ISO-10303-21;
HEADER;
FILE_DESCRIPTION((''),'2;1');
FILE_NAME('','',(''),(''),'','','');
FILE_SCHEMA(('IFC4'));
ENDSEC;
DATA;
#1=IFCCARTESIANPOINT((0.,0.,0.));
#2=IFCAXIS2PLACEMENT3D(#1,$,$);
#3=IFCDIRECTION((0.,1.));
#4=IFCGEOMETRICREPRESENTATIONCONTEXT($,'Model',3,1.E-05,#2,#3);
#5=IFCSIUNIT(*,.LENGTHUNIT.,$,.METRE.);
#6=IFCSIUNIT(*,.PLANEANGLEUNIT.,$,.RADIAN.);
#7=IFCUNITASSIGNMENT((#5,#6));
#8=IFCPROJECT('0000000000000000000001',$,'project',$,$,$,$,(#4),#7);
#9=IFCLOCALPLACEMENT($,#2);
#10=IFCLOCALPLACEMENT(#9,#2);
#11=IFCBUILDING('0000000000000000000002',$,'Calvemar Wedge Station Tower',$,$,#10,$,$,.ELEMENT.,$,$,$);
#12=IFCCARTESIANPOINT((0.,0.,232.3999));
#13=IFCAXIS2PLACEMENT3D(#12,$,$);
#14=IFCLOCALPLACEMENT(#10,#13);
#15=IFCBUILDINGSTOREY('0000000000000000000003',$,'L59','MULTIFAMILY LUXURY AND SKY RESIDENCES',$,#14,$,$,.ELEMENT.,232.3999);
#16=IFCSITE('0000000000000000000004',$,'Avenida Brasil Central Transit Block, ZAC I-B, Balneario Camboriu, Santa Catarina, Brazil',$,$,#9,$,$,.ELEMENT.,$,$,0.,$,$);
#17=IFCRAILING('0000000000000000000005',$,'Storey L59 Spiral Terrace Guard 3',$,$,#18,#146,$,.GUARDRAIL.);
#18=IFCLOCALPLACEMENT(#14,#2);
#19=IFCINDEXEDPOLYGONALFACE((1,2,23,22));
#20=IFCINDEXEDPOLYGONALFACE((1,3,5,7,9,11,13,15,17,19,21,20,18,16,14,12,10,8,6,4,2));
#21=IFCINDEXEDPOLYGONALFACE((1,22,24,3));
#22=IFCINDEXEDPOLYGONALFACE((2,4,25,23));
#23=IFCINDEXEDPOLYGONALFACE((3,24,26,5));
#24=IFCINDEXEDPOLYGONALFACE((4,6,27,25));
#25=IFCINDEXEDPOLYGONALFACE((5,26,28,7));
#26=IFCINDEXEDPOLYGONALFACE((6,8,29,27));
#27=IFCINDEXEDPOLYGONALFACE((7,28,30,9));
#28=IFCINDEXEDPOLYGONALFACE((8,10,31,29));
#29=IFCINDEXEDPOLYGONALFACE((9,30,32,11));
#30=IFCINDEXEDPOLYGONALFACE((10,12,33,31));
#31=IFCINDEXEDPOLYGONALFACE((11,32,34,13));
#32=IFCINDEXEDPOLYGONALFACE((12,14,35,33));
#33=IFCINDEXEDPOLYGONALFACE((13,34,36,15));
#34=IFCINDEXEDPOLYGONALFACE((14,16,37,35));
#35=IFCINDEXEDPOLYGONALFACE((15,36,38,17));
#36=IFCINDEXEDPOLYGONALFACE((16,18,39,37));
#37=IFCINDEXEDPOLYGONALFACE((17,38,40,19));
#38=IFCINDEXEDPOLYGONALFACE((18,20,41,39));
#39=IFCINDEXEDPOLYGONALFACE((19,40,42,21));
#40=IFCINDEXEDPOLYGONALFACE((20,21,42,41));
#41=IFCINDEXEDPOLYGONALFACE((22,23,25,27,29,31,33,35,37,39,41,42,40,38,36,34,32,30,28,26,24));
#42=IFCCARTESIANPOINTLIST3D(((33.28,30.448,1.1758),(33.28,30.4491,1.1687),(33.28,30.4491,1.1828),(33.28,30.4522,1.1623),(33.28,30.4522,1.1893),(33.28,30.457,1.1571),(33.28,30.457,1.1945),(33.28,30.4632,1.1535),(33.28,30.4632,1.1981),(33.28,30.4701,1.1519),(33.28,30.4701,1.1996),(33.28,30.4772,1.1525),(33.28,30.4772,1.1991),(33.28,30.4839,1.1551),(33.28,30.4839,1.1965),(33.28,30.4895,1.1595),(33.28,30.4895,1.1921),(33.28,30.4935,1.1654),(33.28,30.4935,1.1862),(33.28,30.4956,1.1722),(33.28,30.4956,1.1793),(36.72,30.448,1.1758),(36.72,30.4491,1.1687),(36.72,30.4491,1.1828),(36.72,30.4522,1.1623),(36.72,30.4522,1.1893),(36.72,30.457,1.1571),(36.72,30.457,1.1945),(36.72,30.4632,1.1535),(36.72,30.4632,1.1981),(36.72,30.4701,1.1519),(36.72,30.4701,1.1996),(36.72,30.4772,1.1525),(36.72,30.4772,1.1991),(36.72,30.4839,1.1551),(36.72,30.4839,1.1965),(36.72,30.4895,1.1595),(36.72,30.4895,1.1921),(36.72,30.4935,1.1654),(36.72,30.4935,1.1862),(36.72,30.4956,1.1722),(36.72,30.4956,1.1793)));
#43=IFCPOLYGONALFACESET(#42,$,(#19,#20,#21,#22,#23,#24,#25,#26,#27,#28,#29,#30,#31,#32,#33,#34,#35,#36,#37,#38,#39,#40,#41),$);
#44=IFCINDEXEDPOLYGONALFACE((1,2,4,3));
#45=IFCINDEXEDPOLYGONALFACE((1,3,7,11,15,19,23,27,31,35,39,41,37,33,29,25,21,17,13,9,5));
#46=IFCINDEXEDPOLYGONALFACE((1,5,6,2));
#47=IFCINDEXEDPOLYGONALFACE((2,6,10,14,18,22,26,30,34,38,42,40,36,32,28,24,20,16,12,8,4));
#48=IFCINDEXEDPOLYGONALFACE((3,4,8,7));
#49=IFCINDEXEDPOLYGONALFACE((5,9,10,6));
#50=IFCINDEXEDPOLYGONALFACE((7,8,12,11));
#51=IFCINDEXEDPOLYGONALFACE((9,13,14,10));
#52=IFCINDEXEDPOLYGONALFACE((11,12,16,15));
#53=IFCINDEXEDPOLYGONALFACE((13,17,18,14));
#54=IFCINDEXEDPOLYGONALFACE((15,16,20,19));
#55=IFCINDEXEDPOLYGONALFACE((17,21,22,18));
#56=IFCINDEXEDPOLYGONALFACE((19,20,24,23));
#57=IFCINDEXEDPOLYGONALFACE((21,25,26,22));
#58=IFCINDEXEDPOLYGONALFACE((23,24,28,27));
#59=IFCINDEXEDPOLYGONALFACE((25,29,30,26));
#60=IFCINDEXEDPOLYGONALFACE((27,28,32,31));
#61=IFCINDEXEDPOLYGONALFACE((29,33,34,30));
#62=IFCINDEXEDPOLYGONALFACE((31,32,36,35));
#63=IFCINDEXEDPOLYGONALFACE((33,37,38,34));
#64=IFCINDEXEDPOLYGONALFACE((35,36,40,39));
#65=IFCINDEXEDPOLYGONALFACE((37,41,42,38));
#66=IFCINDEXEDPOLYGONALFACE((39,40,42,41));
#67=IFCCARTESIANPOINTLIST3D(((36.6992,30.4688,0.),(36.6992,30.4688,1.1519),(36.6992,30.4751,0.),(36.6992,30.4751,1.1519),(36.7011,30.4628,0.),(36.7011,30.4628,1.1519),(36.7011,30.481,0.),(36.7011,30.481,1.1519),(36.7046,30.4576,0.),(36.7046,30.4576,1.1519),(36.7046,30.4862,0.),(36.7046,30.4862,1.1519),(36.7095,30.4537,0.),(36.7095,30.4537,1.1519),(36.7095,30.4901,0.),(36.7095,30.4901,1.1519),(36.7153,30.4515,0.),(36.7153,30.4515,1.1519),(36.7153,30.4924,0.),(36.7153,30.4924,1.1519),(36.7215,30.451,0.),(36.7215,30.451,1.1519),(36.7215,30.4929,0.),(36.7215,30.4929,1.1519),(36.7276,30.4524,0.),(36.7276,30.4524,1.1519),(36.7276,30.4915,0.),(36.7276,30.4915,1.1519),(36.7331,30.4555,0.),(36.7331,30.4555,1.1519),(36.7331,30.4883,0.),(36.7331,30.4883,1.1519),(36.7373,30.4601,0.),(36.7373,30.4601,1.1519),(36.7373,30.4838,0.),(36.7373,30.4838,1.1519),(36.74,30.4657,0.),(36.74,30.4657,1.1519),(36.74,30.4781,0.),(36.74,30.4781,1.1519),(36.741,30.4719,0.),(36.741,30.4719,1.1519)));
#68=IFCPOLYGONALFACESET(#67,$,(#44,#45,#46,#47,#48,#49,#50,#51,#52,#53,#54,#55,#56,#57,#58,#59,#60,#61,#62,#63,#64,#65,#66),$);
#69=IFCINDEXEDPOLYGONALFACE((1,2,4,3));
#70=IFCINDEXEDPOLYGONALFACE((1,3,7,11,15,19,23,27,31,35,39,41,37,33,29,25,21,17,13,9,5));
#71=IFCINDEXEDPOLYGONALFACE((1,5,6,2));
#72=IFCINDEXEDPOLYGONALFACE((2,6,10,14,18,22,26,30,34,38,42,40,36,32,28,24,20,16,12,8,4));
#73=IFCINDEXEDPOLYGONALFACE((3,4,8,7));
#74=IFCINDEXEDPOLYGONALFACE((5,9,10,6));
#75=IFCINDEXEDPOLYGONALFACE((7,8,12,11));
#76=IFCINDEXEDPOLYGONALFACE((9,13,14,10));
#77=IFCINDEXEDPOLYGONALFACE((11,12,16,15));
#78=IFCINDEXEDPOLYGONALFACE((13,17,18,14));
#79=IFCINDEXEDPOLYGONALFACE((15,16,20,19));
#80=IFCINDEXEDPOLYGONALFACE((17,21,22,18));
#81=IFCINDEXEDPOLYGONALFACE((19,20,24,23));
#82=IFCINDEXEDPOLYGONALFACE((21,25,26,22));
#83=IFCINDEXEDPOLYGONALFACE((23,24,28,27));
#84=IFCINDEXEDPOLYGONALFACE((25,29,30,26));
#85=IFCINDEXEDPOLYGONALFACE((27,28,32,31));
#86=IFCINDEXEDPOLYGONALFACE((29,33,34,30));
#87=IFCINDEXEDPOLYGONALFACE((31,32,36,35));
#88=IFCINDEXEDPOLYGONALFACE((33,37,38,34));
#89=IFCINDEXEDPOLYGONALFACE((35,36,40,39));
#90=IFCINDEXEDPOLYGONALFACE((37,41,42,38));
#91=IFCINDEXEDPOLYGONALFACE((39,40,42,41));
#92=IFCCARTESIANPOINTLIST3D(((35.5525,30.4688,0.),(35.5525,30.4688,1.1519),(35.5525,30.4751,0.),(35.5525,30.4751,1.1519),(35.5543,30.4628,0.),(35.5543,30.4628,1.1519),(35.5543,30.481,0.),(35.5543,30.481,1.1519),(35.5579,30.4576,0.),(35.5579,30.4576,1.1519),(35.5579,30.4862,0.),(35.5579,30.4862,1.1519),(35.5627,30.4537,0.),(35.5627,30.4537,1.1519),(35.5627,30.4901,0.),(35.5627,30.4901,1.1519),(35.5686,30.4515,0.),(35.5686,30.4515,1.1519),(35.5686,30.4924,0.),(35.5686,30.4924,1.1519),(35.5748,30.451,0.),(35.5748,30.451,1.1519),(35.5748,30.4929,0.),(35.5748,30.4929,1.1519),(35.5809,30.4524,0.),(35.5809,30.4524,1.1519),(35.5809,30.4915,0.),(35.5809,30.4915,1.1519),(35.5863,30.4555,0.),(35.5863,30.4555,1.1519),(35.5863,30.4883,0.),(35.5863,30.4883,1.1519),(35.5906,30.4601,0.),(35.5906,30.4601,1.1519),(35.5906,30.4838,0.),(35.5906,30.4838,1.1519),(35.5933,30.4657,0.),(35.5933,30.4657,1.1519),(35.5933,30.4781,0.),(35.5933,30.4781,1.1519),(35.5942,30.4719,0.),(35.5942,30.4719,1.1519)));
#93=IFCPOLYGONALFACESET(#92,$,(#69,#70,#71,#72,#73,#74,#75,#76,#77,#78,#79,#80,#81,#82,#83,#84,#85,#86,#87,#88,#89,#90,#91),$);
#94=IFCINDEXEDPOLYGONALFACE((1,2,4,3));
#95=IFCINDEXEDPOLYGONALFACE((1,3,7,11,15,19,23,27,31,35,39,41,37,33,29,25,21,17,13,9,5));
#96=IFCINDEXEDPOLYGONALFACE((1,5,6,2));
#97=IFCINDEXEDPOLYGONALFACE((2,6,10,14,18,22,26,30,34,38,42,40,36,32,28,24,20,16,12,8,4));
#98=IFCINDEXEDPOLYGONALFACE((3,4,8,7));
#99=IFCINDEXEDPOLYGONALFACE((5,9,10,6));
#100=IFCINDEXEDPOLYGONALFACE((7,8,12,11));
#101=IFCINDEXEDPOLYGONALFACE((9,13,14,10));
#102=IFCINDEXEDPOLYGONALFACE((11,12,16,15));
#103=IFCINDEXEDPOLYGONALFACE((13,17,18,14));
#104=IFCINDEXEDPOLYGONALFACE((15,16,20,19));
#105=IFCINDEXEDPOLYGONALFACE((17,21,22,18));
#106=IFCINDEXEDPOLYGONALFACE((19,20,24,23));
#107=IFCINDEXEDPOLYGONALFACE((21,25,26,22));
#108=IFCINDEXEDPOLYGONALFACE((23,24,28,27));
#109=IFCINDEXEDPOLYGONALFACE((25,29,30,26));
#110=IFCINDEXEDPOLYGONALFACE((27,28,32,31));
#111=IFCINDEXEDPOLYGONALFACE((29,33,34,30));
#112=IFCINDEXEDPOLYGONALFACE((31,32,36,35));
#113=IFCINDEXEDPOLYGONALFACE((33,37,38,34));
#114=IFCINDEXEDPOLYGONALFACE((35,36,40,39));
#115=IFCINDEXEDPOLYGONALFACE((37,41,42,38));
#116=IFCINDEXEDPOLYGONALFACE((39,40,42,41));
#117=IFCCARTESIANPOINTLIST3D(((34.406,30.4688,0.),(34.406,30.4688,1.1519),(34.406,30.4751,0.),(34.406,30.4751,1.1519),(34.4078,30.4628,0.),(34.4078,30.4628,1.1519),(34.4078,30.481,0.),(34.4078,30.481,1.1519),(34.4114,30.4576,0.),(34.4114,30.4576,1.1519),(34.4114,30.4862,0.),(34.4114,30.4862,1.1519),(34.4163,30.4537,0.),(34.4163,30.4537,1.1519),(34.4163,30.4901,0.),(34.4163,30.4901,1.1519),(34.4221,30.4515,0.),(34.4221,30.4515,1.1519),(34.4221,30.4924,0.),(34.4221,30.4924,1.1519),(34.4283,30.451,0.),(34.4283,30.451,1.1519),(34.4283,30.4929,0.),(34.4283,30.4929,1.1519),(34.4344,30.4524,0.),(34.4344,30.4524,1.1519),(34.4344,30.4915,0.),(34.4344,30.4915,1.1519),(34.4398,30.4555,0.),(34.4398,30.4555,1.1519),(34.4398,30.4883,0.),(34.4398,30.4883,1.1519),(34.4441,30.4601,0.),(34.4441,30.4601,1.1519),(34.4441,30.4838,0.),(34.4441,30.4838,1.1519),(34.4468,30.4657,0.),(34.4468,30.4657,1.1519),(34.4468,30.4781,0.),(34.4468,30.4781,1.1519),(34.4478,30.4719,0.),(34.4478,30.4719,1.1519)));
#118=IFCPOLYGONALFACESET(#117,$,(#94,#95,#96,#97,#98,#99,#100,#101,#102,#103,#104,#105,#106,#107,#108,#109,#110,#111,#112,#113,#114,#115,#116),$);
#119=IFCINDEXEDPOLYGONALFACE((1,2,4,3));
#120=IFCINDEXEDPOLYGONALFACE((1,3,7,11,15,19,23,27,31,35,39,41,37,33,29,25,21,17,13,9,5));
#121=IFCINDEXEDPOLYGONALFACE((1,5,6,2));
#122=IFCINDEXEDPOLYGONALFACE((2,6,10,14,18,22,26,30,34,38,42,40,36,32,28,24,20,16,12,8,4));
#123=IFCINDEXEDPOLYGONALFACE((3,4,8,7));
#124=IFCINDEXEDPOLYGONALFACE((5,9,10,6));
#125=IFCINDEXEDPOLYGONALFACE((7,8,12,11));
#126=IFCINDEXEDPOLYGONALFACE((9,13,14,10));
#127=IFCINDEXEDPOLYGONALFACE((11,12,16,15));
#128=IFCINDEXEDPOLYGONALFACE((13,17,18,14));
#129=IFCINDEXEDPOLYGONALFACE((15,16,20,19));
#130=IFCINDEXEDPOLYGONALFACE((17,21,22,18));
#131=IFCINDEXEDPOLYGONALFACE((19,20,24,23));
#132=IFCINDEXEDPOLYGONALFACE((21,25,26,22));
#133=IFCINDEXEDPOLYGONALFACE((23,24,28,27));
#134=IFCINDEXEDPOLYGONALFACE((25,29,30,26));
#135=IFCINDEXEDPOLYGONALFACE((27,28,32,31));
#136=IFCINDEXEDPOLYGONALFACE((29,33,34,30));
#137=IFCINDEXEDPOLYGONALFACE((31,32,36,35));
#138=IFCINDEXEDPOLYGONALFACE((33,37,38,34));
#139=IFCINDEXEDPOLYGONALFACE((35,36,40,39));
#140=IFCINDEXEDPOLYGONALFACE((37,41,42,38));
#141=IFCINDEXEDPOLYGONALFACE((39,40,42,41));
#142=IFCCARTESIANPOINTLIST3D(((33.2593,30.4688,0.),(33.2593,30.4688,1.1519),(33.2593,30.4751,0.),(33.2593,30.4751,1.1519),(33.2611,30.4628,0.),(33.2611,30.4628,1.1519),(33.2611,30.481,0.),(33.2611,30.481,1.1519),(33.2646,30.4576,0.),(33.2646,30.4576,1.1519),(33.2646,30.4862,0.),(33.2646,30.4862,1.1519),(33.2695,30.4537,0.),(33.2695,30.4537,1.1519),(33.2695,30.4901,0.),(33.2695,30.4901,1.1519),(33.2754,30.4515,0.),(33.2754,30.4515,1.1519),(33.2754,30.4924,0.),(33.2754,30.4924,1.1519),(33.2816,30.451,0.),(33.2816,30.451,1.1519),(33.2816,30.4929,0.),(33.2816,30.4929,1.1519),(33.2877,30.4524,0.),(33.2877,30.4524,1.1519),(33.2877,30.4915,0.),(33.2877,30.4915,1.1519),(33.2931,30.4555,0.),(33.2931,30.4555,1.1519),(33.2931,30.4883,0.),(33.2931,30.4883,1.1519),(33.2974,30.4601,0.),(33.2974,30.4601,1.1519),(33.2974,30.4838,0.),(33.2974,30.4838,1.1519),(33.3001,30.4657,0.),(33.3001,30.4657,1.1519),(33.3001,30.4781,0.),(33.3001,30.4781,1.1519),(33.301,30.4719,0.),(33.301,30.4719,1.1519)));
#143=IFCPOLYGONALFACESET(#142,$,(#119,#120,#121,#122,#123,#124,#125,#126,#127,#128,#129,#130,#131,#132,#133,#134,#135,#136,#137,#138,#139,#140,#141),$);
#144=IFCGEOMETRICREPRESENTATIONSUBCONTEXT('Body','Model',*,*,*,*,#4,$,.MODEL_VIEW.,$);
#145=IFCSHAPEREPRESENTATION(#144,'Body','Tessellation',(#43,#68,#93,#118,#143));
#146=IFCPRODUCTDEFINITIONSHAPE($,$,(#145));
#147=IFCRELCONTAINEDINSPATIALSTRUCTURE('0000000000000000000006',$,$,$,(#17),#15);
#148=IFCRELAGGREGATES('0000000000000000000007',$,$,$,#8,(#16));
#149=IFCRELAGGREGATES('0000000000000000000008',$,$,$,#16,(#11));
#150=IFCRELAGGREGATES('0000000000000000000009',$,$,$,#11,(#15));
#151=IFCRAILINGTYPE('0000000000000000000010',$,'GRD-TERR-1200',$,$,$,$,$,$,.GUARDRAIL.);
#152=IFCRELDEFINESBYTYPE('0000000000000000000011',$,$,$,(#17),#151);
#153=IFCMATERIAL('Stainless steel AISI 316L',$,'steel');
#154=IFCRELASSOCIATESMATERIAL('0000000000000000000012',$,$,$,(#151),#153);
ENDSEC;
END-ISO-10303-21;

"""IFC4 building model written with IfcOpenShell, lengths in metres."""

from ifc_helpers import new_model, si_unit, direction, frame, origin, origin_2d, place, context, subcontext, project, spatial, circle, extrude, material, type_object, element, save


model = new_model("IFC4")

# Units and contexts
model_context = context("Model", 3, precision=1e-05, world=origin(), true_north=direction((0.0, 1.0)))
body_context = subcontext(model_context, "Body", "Model", "MODEL_VIEW")
ifc_project = project(units=[si_unit("LENGTHUNIT", "METRE"), si_unit("PLANEANGLEUNIT", "RADIAN")], contexts=[model_context])

# Site, building, storey
site_placement = place(None, origin())
site = spatial("IfcSite", under=ifc_project, at=site_placement, Name="Avenida Brasil Central Transit Block, ZAC I-B, Balneario Camboriu, Santa Catarina, Brazil", CompositionType="ELEMENT", RefElevation=0.0)
building_placement = place(site_placement, origin())
building = spatial("IfcBuilding", under=site, at=building_placement, Name="Calvemar Wedge Station Tower", CompositionType="ELEMENT")
storey_placement = place(building_placement, frame((0.0, 0.0, 232.3999)))
storey = spatial("IfcBuildingStorey", under=building, at=storey_placement, Name="L59", Description="MULTIFAMILY LUXURY AND SKY RESIDENCES", CompositionType="ELEMENT", Elevation=232.3999)

# Railing
ifc_material_1 = material(Name="Stainless steel AISI 316L", Category="steel")
railing_type = type_object("IfcRailingType", Name="GRD-TERR-1200", PredefinedType="GUARDRAIL", material=ifc_material_1)
railing_1_placement = place(storey_placement, frame((36.72, 30.4719, 0.0)))
element("IfcRailing", 1, at=railing_1_placement, inside=storey, type_object=railing_type, Name="Storey L59 Spiral Terrace Guard 3", PredefinedType="GUARDRAIL", context=body_context, shape_type="SweptSolid", body=[
    extrude(circle(Radius=0.0239, at=origin_2d()), frame((0.0, 0.0, 1.1758), z_axis=(-1.0, 0.0, 0.0), x_axis=(0.0, -1.0, 0.0)), (0.0, 0.0, 1.0), 3.4399),
    extrude(circle(Radius=0.021, at=origin_2d()), origin(), (0.0, 0.0, 1.0), 1.1519),
    extrude(circle(Radius=0.021, at=origin_2d()), frame((-1.1467, 0.0, 0.0)), (0.0, 0.0, 1.0), 1.1519),
    extrude(circle(Radius=0.021, at=origin_2d()), frame((-2.2932, 0.0, 0.0)), (0.0, 0.0, 1.0), 1.1519),
    extrude(circle(Radius=0.021, at=origin_2d()), frame((-3.4399, 0.0, 0.0)), (0.0, 0.0, 1.0), 1.1519),
])

save(model, "model.ifc")
